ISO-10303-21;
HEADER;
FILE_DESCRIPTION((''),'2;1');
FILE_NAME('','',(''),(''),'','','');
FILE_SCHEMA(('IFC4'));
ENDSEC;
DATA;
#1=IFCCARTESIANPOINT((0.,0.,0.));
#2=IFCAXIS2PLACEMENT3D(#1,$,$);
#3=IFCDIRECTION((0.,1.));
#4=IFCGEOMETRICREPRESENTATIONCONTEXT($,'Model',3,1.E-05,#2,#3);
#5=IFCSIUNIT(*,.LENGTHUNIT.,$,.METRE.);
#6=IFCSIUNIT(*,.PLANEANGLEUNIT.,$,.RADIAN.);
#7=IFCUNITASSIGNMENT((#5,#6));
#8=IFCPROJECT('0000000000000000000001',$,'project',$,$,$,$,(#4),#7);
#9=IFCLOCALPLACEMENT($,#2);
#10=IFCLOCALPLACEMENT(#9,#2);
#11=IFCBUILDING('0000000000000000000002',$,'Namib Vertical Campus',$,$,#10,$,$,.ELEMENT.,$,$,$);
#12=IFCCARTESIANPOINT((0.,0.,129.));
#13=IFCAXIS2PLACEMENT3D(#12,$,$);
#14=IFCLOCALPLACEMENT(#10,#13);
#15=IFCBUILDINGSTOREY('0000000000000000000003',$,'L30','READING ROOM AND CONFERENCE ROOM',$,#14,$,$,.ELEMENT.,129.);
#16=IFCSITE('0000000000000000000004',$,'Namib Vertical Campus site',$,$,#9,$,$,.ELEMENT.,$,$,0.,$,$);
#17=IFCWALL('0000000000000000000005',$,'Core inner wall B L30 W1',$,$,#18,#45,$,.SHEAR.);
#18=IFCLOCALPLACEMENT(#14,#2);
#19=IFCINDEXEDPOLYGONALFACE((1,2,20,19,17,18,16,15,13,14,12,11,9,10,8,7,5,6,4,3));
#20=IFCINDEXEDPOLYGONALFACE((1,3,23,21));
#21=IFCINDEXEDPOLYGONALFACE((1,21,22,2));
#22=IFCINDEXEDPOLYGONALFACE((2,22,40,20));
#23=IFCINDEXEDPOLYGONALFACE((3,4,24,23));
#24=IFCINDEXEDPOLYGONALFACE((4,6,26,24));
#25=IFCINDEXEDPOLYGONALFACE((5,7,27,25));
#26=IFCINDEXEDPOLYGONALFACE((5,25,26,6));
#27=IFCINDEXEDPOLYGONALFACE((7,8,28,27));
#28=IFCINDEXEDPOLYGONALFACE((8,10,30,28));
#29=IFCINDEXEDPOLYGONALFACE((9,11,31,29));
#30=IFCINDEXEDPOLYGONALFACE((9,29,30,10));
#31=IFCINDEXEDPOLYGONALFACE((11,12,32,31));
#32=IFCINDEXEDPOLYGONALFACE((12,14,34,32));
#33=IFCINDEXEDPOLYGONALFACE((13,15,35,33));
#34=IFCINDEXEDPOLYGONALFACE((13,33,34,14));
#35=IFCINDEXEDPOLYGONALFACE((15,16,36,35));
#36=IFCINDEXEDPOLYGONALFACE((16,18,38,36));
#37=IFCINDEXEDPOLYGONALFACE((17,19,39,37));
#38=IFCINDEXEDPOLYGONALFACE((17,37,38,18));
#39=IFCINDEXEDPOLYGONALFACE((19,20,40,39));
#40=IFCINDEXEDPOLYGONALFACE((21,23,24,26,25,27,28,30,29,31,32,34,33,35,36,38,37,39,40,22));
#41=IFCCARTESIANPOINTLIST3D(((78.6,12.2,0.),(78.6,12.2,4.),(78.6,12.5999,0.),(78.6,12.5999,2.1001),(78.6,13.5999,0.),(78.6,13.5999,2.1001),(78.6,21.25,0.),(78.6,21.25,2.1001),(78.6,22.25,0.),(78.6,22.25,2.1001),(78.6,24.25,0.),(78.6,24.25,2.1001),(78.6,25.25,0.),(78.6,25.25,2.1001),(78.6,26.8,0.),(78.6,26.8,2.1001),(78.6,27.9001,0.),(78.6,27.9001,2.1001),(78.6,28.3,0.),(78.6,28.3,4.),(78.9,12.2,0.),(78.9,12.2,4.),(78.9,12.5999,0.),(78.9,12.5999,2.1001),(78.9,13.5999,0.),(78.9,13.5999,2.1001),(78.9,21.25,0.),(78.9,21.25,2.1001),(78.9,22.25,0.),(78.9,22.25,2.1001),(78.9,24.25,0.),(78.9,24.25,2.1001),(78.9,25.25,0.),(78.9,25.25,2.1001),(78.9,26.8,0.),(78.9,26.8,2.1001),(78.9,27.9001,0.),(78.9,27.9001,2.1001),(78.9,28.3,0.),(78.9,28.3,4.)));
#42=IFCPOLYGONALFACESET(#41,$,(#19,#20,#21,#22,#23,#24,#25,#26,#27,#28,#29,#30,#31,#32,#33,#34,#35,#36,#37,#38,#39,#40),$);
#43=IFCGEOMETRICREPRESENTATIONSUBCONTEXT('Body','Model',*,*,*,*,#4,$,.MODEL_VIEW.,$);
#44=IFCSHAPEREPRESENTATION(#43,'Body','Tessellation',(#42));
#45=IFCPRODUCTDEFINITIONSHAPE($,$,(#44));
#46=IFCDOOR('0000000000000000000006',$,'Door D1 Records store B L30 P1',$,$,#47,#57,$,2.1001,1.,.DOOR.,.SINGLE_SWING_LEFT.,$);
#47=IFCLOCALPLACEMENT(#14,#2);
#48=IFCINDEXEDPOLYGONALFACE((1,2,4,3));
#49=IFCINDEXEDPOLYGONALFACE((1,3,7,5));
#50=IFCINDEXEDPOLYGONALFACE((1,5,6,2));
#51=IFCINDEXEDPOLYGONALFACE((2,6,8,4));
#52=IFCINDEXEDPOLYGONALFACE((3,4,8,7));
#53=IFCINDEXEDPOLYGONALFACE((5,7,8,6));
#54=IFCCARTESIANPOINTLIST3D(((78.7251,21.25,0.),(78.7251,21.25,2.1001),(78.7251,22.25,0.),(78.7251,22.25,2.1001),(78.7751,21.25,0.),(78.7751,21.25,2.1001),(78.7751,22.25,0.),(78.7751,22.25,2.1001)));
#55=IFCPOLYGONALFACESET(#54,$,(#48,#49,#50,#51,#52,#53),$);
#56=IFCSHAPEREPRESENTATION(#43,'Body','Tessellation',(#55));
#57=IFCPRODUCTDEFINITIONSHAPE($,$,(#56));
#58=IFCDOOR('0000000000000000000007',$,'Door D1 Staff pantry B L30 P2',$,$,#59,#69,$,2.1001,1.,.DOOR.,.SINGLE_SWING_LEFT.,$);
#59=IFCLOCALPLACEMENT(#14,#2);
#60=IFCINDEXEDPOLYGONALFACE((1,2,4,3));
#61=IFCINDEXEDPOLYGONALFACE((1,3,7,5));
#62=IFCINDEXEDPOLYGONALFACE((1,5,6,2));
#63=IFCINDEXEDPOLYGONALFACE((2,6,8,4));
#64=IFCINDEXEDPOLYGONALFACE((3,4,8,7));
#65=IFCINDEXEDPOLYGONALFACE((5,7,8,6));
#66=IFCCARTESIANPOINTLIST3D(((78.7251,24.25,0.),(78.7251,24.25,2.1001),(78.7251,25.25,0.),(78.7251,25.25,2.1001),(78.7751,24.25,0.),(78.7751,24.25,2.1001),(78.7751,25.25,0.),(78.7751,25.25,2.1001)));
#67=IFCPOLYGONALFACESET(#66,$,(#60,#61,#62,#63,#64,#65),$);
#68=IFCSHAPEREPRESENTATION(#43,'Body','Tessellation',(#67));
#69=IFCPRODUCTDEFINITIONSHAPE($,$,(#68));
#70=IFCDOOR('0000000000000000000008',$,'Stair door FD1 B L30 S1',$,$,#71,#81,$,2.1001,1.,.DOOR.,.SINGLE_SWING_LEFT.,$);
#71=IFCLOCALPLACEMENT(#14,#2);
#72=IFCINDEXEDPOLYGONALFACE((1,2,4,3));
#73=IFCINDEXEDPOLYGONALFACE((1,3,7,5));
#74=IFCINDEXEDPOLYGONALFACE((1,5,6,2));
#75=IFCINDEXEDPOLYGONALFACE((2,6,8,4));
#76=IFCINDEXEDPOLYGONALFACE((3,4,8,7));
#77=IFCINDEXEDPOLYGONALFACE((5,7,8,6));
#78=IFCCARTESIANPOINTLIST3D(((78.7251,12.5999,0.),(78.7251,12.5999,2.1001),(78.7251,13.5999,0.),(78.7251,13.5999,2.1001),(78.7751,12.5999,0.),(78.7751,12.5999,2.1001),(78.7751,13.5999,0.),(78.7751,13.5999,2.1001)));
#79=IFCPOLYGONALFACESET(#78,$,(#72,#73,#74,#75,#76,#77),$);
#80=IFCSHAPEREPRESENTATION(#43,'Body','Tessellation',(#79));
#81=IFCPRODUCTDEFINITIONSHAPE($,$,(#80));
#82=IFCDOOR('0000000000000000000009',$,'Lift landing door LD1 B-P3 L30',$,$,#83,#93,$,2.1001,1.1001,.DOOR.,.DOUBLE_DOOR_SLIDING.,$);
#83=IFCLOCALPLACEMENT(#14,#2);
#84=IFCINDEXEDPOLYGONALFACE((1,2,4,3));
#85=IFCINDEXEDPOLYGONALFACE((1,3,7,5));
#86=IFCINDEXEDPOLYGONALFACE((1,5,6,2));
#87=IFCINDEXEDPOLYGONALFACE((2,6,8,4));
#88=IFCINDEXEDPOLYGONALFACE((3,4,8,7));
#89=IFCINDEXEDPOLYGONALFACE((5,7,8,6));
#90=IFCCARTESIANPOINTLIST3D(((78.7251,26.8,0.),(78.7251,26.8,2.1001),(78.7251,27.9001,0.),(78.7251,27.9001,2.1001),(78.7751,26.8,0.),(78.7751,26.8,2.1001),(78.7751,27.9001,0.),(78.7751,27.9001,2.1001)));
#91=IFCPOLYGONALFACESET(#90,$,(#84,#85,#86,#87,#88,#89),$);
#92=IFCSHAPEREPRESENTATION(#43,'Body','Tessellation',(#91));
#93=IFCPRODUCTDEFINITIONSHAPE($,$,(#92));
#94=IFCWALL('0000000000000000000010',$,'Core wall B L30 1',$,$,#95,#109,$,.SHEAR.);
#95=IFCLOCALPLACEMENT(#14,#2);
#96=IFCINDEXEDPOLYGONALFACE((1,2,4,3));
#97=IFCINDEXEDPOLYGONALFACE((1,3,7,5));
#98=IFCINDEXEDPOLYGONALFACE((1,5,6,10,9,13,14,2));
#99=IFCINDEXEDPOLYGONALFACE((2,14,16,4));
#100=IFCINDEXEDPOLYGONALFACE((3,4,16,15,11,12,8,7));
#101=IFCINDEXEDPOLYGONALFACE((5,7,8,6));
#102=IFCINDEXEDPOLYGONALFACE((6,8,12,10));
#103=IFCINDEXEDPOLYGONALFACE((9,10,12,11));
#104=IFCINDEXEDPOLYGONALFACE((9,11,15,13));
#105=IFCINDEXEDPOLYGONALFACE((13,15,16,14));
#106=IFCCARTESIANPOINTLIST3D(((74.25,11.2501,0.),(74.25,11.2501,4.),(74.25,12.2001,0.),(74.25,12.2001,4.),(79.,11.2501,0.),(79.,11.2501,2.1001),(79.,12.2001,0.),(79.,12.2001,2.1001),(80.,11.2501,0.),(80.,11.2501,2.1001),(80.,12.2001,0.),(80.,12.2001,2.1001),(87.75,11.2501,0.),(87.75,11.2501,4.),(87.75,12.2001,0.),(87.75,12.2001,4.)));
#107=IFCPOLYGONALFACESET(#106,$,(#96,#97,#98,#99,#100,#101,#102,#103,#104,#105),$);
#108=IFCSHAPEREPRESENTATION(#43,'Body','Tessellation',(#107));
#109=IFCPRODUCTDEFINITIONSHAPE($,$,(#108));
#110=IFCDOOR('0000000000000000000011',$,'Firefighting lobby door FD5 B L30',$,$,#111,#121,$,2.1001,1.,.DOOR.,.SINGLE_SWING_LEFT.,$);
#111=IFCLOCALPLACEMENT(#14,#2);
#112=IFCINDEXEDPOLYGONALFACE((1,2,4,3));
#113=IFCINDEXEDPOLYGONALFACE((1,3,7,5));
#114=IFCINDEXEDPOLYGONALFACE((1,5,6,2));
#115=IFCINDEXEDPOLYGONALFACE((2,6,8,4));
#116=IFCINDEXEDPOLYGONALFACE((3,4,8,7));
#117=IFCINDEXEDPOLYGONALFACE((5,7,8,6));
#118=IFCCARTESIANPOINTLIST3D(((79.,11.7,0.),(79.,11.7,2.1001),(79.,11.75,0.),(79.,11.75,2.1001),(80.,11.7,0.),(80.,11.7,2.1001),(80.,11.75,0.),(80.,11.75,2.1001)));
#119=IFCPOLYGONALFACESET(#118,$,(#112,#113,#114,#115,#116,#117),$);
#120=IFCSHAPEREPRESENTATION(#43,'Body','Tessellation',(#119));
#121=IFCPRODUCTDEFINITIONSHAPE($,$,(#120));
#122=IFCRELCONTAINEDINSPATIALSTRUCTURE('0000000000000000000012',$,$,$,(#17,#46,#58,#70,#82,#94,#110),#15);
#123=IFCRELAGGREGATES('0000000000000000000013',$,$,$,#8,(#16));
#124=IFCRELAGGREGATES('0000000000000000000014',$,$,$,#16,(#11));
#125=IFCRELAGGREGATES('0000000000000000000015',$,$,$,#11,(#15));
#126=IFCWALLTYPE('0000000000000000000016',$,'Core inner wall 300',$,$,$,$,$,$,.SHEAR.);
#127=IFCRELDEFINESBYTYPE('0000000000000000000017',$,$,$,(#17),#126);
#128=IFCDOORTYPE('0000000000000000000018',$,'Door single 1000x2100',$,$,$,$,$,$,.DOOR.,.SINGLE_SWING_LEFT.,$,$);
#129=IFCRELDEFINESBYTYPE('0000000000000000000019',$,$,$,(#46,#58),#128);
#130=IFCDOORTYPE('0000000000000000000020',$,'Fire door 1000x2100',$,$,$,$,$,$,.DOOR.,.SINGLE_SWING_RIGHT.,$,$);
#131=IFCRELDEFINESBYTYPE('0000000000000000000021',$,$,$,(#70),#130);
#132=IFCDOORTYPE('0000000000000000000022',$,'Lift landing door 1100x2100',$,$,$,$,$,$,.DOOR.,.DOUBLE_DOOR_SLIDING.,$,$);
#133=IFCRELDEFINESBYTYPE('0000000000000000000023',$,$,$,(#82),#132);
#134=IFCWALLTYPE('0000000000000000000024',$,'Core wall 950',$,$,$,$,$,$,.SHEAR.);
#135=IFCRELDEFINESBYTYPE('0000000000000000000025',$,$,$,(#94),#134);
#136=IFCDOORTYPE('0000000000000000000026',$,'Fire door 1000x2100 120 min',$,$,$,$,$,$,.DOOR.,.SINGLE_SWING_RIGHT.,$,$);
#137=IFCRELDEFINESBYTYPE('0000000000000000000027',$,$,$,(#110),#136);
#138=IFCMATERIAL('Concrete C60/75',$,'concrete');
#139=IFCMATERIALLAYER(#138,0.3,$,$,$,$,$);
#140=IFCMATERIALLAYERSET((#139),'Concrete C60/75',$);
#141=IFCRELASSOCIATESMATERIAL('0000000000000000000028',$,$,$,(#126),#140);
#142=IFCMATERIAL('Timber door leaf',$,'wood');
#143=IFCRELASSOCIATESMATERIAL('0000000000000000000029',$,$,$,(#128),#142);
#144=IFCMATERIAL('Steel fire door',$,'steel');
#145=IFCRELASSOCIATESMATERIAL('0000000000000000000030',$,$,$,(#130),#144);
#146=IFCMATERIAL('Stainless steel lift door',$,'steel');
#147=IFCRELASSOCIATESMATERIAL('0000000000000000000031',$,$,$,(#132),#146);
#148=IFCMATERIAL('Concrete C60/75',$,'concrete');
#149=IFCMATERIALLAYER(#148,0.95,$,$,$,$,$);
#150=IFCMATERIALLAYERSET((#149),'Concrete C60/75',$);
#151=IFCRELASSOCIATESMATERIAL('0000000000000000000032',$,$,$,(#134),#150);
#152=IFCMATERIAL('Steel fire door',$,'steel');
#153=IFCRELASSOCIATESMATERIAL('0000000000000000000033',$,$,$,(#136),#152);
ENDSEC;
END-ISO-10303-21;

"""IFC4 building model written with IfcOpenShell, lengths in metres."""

from ifc_helpers import new_model, si_unit, direction, frame, frame_2d, origin, place, context, subcontext, project, spatial, rectangle, extrude, material, layer, layer_set, type_object, element, fill, save


model = new_model("IFC4")

# Units and contexts
model_context = context("Model", 3, precision=1e-05, world=origin(), true_north=direction((0.0, 1.0)))
body_context = subcontext(model_context, "Body", "Model", "MODEL_VIEW")
ifc_project = project(units=[si_unit("LENGTHUNIT", "METRE"), si_unit("PLANEANGLEUNIT", "RADIAN")], contexts=[model_context])

# Site, building, storey
site_placement = place(None, origin())
site = spatial("IfcSite", under=ifc_project, at=site_placement, Name="Namib Vertical Campus site", CompositionType="ELEMENT", RefElevation=0.0)
building_placement = place(site_placement, origin())
building = spatial("IfcBuilding", under=site, at=building_placement, Name="Namib Vertical Campus", CompositionType="ELEMENT")
storey_placement = place(building_placement, frame((0.0, 0.0, 129.0)))
storey = spatial("IfcBuildingStorey", under=building, at=storey_placement, Name="L30", Description="READING ROOM AND CONFERENCE ROOM", CompositionType="ELEMENT", Elevation=129.0)

# Wall, openings, doors
ifc_material_1 = material(Name="Concrete C60/75", Category="concrete")
ifc_layer_1 = layer(ifc_material_1, 0.3)
ifc_layer_set_1 = layer_set([ifc_layer_1], Name="Concrete C60/75")
wall_type_1 = type_object("IfcWallType", Name="Core inner wall 300", PredefinedType="SHEAR", material=ifc_layer_set_1)
wall_1_placement = place(storey_placement, frame((78.75, 12.2, 0.0), z_axis=(0.0, 0.0, 1.0), x_axis=(0.0, 1.0, 0.0)))
wall_1 = element("IfcWall", 1, at=wall_1_placement, inside=storey, type_object=wall_type_1, Name="Core inner wall B L30 W1", PredefinedType="SHEAR", context=body_context, shape_type="SweptSolid", body=[
    extrude(rectangle(XDim=16.1001, YDim=0.3, at=frame_2d((8.05, 0.0))), origin(), (0.0, 0.0, 1.0), 4.0),
])
opening_1_placement = place(wall_1_placement, frame((0.3999, 0.0, 0.0)))
opening_1 = element("IfcOpeningElement", 2, at=opening_1_placement, cuts=wall_1, PredefinedType="OPENING", context=body_context, shape_type="SweptSolid", body=[
    extrude(rectangle(XDim=1.0, YDim=2.1001, at=frame_2d((0.5, 1.05))), frame((0.0, 0.1599, 0.0), z_axis=(0.0, -1.0, 0.0), x_axis=(1.0, 0.0, 0.0)), (0.0, 0.0, 1.0), 0.3201),
])
opening_2_placement = place(wall_1_placement, frame((14.6001, 0.0, 0.0)))
opening_2 = element("IfcOpeningElement", 3, at=opening_2_placement, cuts=wall_1, PredefinedType="OPENING", context=body_context, shape_type="SweptSolid", body=[
    extrude(rectangle(XDim=1.1001, YDim=2.1001, at=frame_2d((0.55, 1.05))), frame((0.0, 0.1599, 0.0), z_axis=(0.0, -1.0, 0.0), x_axis=(1.0, 0.0, 0.0)), (0.0, 0.0, 1.0), 0.3201),
])
opening_3_placement = place(wall_1_placement, frame((9.05, 0.0, 0.0)))
opening_3 = element("IfcOpeningElement", 4, at=opening_3_placement, cuts=wall_1, PredefinedType="OPENING", context=body_context, shape_type="SweptSolid", body=[
    extrude(rectangle(XDim=1.0, YDim=2.1001, at=frame_2d((0.5, 1.05))), frame((0.0, 0.1599, 0.0), z_axis=(0.0, -1.0, 0.0), x_axis=(1.0, 0.0, 0.0)), (0.0, 0.0, 1.0), 0.3201),
])
opening_4_placement = place(wall_1_placement, frame((12.05, 0.0, 0.0)))
opening_4 = element("IfcOpeningElement", 5, at=opening_4_placement, cuts=wall_1, PredefinedType="OPENING", context=body_context, shape_type="SweptSolid", body=[
    extrude(rectangle(XDim=1.0, YDim=2.1001, at=frame_2d((0.5, 1.05))), frame((0.0, 0.1599, 0.0), z_axis=(0.0, -1.0, 0.0), x_axis=(1.0, 0.0, 0.0)), (0.0, 0.0, 1.0), 0.3201),
])
ifc_material_2 = material(Name="Timber door leaf", Category="wood")
door_type_1 = type_object("IfcDoorType", Name="Door single 1000x2100", OperationType="SINGLE_SWING_LEFT", PredefinedType="DOOR", material=ifc_material_2)
door_1_placement = place(opening_3_placement, origin())
door_1 = element("IfcDoor", 6, at=door_1_placement, inside=storey, type_object=door_type_1, Name="Door D1 Records store B L30 P1", OperationType="SINGLE_SWING_LEFT", OverallHeight=2.1001, OverallWidth=1.0, PredefinedType="DOOR", context=body_context, shape_type="SweptSolid", body=[
    extrude(rectangle(XDim=1.0, YDim=2.1001, at=frame_2d((0.5, 1.05))), frame((0.0, 0.0249, 0.0), z_axis=(0.0, -1.0, 0.0), x_axis=(1.0, 0.0, 0.0)), (0.0, 0.0, 1.0), 0.05),
])
fill(opening_3, door_1)
door_2_placement = place(opening_4_placement, origin())
door_2 = element("IfcDoor", 7, at=door_2_placement, inside=storey, type_object=door_type_1, Name="Door D1 Staff pantry B L30 P2", OperationType="SINGLE_SWING_LEFT", OverallHeight=2.1001, OverallWidth=1.0, PredefinedType="DOOR", context=body_context, shape_type="SweptSolid", body=[
    extrude(rectangle(XDim=1.0, YDim=2.1001, at=frame_2d((0.5, 1.05))), frame((0.0, 0.0249, 0.0), z_axis=(0.0, -1.0, 0.0), x_axis=(1.0, 0.0, 0.0)), (0.0, 0.0, 1.0), 0.05),
])
fill(opening_4, door_2)
ifc_material_3 = material(Name="Steel fire door", Category="steel")
door_type_2 = type_object("IfcDoorType", Name="Fire door 1000x2100", OperationType="SINGLE_SWING_RIGHT", PredefinedType="DOOR", material=ifc_material_3)
door_3_placement = place(opening_1_placement, origin())
door_3 = element("IfcDoor", 8, at=door_3_placement, inside=storey, type_object=door_type_2, Name="Stair door FD1 B L30 S1", OperationType="SINGLE_SWING_LEFT", OverallHeight=2.1001, OverallWidth=1.0, PredefinedType="DOOR", context=body_context, shape_type="SweptSolid", body=[
    extrude(rectangle(XDim=1.0, YDim=2.1001, at=frame_2d((0.5, 1.05))), frame((0.0, 0.0249, 0.0), z_axis=(0.0, -1.0, 0.0), x_axis=(1.0, 0.0, 0.0)), (0.0, 0.0, 1.0), 0.05),
])
fill(opening_1, door_3)
ifc_material_4 = material(Name="Stainless steel lift door", Category="steel")
door_type_3 = type_object("IfcDoorType", Name="Lift landing door 1100x2100", OperationType="DOUBLE_DOOR_SLIDING", PredefinedType="DOOR", material=ifc_material_4)
door_4_placement = place(opening_2_placement, origin())
door_4 = element("IfcDoor", 9, at=door_4_placement, inside=storey, type_object=door_type_3, Name="Lift landing door LD1 B-P3 L30", OperationType="DOUBLE_DOOR_SLIDING", OverallHeight=2.1001, OverallWidth=1.1001, PredefinedType="DOOR", context=body_context, shape_type="SweptSolid", body=[
    extrude(rectangle(XDim=1.1001, YDim=2.1001, at=frame_2d((0.55, 1.05))), frame((0.0, 0.0249, 0.0), z_axis=(0.0, -1.0, 0.0), x_axis=(1.0, 0.0, 0.0)), (0.0, 0.0, 1.0), 0.05),
])
fill(opening_2, door_4)

# Wall, opening, door
ifc_material_5 = material(Name="Concrete C60/75", Category="concrete")
ifc_layer_2 = layer(ifc_material_5, 0.95)
ifc_layer_set_2 = layer_set([ifc_layer_2], Name="Concrete C60/75")
wall_type_2 = type_object("IfcWallType", Name="Core wall 950", PredefinedType="SHEAR", material=ifc_layer_set_2)
wall_2_placement = place(storey_placement, frame((74.25, 11.7251, 0.0), z_axis=(0.0, 0.0, 1.0), x_axis=(1.0, 0.0, 0.0)))
wall_2 = element("IfcWall", 10, at=wall_2_placement, inside=storey, type_object=wall_type_2, Name="Core wall B L30 1", PredefinedType="SHEAR", context=body_context, shape_type="SweptSolid", body=[
    extrude(rectangle(XDim=13.5, YDim=0.95, at=frame_2d((6.75, 0.0))), origin(), (0.0, 0.0, 1.0), 4.0),
])
opening_5_placement = place(wall_2_placement, frame((4.75, 0.0, 0.0)))
opening_5 = element("IfcOpeningElement", 11, at=opening_5_placement, cuts=wall_2, PredefinedType="OPENING", context=body_context, shape_type="SweptSolid", body=[
    extrude(rectangle(XDim=1.0, YDim=2.1001, at=frame_2d((0.5, 1.05))), frame((0.0, 0.4849, 0.0), z_axis=(0.0, -1.0, 0.0), x_axis=(1.0, 0.0, 0.0)), (0.0, 0.0, 1.0), 0.97),
])
ifc_material_6 = material(Name="Steel fire door", Category="steel")
door_type_4 = type_object("IfcDoorType", Name="Fire door 1000x2100 120 min", OperationType="SINGLE_SWING_RIGHT", PredefinedType="DOOR", material=ifc_material_6)
door_5_placement = place(opening_5_placement, origin())
door_5 = element("IfcDoor", 12, at=door_5_placement, inside=storey, type_object=door_type_4, Name="Firefighting lobby door FD5 B L30", OperationType="SINGLE_SWING_LEFT", OverallHeight=2.1001, OverallWidth=1.0, PredefinedType="DOOR", context=body_context, shape_type="SweptSolid", body=[
    extrude(rectangle(XDim=1.0, YDim=2.1001, at=frame_2d((0.5, 1.05))), frame((0.0, 0.0249, 0.0), z_axis=(0.0, -1.0, 0.0), x_axis=(1.0, 0.0, 0.0)), (0.0, 0.0, 1.0), 0.05),
])
fill(opening_5, door_5)

save(model, "model.ifc")
